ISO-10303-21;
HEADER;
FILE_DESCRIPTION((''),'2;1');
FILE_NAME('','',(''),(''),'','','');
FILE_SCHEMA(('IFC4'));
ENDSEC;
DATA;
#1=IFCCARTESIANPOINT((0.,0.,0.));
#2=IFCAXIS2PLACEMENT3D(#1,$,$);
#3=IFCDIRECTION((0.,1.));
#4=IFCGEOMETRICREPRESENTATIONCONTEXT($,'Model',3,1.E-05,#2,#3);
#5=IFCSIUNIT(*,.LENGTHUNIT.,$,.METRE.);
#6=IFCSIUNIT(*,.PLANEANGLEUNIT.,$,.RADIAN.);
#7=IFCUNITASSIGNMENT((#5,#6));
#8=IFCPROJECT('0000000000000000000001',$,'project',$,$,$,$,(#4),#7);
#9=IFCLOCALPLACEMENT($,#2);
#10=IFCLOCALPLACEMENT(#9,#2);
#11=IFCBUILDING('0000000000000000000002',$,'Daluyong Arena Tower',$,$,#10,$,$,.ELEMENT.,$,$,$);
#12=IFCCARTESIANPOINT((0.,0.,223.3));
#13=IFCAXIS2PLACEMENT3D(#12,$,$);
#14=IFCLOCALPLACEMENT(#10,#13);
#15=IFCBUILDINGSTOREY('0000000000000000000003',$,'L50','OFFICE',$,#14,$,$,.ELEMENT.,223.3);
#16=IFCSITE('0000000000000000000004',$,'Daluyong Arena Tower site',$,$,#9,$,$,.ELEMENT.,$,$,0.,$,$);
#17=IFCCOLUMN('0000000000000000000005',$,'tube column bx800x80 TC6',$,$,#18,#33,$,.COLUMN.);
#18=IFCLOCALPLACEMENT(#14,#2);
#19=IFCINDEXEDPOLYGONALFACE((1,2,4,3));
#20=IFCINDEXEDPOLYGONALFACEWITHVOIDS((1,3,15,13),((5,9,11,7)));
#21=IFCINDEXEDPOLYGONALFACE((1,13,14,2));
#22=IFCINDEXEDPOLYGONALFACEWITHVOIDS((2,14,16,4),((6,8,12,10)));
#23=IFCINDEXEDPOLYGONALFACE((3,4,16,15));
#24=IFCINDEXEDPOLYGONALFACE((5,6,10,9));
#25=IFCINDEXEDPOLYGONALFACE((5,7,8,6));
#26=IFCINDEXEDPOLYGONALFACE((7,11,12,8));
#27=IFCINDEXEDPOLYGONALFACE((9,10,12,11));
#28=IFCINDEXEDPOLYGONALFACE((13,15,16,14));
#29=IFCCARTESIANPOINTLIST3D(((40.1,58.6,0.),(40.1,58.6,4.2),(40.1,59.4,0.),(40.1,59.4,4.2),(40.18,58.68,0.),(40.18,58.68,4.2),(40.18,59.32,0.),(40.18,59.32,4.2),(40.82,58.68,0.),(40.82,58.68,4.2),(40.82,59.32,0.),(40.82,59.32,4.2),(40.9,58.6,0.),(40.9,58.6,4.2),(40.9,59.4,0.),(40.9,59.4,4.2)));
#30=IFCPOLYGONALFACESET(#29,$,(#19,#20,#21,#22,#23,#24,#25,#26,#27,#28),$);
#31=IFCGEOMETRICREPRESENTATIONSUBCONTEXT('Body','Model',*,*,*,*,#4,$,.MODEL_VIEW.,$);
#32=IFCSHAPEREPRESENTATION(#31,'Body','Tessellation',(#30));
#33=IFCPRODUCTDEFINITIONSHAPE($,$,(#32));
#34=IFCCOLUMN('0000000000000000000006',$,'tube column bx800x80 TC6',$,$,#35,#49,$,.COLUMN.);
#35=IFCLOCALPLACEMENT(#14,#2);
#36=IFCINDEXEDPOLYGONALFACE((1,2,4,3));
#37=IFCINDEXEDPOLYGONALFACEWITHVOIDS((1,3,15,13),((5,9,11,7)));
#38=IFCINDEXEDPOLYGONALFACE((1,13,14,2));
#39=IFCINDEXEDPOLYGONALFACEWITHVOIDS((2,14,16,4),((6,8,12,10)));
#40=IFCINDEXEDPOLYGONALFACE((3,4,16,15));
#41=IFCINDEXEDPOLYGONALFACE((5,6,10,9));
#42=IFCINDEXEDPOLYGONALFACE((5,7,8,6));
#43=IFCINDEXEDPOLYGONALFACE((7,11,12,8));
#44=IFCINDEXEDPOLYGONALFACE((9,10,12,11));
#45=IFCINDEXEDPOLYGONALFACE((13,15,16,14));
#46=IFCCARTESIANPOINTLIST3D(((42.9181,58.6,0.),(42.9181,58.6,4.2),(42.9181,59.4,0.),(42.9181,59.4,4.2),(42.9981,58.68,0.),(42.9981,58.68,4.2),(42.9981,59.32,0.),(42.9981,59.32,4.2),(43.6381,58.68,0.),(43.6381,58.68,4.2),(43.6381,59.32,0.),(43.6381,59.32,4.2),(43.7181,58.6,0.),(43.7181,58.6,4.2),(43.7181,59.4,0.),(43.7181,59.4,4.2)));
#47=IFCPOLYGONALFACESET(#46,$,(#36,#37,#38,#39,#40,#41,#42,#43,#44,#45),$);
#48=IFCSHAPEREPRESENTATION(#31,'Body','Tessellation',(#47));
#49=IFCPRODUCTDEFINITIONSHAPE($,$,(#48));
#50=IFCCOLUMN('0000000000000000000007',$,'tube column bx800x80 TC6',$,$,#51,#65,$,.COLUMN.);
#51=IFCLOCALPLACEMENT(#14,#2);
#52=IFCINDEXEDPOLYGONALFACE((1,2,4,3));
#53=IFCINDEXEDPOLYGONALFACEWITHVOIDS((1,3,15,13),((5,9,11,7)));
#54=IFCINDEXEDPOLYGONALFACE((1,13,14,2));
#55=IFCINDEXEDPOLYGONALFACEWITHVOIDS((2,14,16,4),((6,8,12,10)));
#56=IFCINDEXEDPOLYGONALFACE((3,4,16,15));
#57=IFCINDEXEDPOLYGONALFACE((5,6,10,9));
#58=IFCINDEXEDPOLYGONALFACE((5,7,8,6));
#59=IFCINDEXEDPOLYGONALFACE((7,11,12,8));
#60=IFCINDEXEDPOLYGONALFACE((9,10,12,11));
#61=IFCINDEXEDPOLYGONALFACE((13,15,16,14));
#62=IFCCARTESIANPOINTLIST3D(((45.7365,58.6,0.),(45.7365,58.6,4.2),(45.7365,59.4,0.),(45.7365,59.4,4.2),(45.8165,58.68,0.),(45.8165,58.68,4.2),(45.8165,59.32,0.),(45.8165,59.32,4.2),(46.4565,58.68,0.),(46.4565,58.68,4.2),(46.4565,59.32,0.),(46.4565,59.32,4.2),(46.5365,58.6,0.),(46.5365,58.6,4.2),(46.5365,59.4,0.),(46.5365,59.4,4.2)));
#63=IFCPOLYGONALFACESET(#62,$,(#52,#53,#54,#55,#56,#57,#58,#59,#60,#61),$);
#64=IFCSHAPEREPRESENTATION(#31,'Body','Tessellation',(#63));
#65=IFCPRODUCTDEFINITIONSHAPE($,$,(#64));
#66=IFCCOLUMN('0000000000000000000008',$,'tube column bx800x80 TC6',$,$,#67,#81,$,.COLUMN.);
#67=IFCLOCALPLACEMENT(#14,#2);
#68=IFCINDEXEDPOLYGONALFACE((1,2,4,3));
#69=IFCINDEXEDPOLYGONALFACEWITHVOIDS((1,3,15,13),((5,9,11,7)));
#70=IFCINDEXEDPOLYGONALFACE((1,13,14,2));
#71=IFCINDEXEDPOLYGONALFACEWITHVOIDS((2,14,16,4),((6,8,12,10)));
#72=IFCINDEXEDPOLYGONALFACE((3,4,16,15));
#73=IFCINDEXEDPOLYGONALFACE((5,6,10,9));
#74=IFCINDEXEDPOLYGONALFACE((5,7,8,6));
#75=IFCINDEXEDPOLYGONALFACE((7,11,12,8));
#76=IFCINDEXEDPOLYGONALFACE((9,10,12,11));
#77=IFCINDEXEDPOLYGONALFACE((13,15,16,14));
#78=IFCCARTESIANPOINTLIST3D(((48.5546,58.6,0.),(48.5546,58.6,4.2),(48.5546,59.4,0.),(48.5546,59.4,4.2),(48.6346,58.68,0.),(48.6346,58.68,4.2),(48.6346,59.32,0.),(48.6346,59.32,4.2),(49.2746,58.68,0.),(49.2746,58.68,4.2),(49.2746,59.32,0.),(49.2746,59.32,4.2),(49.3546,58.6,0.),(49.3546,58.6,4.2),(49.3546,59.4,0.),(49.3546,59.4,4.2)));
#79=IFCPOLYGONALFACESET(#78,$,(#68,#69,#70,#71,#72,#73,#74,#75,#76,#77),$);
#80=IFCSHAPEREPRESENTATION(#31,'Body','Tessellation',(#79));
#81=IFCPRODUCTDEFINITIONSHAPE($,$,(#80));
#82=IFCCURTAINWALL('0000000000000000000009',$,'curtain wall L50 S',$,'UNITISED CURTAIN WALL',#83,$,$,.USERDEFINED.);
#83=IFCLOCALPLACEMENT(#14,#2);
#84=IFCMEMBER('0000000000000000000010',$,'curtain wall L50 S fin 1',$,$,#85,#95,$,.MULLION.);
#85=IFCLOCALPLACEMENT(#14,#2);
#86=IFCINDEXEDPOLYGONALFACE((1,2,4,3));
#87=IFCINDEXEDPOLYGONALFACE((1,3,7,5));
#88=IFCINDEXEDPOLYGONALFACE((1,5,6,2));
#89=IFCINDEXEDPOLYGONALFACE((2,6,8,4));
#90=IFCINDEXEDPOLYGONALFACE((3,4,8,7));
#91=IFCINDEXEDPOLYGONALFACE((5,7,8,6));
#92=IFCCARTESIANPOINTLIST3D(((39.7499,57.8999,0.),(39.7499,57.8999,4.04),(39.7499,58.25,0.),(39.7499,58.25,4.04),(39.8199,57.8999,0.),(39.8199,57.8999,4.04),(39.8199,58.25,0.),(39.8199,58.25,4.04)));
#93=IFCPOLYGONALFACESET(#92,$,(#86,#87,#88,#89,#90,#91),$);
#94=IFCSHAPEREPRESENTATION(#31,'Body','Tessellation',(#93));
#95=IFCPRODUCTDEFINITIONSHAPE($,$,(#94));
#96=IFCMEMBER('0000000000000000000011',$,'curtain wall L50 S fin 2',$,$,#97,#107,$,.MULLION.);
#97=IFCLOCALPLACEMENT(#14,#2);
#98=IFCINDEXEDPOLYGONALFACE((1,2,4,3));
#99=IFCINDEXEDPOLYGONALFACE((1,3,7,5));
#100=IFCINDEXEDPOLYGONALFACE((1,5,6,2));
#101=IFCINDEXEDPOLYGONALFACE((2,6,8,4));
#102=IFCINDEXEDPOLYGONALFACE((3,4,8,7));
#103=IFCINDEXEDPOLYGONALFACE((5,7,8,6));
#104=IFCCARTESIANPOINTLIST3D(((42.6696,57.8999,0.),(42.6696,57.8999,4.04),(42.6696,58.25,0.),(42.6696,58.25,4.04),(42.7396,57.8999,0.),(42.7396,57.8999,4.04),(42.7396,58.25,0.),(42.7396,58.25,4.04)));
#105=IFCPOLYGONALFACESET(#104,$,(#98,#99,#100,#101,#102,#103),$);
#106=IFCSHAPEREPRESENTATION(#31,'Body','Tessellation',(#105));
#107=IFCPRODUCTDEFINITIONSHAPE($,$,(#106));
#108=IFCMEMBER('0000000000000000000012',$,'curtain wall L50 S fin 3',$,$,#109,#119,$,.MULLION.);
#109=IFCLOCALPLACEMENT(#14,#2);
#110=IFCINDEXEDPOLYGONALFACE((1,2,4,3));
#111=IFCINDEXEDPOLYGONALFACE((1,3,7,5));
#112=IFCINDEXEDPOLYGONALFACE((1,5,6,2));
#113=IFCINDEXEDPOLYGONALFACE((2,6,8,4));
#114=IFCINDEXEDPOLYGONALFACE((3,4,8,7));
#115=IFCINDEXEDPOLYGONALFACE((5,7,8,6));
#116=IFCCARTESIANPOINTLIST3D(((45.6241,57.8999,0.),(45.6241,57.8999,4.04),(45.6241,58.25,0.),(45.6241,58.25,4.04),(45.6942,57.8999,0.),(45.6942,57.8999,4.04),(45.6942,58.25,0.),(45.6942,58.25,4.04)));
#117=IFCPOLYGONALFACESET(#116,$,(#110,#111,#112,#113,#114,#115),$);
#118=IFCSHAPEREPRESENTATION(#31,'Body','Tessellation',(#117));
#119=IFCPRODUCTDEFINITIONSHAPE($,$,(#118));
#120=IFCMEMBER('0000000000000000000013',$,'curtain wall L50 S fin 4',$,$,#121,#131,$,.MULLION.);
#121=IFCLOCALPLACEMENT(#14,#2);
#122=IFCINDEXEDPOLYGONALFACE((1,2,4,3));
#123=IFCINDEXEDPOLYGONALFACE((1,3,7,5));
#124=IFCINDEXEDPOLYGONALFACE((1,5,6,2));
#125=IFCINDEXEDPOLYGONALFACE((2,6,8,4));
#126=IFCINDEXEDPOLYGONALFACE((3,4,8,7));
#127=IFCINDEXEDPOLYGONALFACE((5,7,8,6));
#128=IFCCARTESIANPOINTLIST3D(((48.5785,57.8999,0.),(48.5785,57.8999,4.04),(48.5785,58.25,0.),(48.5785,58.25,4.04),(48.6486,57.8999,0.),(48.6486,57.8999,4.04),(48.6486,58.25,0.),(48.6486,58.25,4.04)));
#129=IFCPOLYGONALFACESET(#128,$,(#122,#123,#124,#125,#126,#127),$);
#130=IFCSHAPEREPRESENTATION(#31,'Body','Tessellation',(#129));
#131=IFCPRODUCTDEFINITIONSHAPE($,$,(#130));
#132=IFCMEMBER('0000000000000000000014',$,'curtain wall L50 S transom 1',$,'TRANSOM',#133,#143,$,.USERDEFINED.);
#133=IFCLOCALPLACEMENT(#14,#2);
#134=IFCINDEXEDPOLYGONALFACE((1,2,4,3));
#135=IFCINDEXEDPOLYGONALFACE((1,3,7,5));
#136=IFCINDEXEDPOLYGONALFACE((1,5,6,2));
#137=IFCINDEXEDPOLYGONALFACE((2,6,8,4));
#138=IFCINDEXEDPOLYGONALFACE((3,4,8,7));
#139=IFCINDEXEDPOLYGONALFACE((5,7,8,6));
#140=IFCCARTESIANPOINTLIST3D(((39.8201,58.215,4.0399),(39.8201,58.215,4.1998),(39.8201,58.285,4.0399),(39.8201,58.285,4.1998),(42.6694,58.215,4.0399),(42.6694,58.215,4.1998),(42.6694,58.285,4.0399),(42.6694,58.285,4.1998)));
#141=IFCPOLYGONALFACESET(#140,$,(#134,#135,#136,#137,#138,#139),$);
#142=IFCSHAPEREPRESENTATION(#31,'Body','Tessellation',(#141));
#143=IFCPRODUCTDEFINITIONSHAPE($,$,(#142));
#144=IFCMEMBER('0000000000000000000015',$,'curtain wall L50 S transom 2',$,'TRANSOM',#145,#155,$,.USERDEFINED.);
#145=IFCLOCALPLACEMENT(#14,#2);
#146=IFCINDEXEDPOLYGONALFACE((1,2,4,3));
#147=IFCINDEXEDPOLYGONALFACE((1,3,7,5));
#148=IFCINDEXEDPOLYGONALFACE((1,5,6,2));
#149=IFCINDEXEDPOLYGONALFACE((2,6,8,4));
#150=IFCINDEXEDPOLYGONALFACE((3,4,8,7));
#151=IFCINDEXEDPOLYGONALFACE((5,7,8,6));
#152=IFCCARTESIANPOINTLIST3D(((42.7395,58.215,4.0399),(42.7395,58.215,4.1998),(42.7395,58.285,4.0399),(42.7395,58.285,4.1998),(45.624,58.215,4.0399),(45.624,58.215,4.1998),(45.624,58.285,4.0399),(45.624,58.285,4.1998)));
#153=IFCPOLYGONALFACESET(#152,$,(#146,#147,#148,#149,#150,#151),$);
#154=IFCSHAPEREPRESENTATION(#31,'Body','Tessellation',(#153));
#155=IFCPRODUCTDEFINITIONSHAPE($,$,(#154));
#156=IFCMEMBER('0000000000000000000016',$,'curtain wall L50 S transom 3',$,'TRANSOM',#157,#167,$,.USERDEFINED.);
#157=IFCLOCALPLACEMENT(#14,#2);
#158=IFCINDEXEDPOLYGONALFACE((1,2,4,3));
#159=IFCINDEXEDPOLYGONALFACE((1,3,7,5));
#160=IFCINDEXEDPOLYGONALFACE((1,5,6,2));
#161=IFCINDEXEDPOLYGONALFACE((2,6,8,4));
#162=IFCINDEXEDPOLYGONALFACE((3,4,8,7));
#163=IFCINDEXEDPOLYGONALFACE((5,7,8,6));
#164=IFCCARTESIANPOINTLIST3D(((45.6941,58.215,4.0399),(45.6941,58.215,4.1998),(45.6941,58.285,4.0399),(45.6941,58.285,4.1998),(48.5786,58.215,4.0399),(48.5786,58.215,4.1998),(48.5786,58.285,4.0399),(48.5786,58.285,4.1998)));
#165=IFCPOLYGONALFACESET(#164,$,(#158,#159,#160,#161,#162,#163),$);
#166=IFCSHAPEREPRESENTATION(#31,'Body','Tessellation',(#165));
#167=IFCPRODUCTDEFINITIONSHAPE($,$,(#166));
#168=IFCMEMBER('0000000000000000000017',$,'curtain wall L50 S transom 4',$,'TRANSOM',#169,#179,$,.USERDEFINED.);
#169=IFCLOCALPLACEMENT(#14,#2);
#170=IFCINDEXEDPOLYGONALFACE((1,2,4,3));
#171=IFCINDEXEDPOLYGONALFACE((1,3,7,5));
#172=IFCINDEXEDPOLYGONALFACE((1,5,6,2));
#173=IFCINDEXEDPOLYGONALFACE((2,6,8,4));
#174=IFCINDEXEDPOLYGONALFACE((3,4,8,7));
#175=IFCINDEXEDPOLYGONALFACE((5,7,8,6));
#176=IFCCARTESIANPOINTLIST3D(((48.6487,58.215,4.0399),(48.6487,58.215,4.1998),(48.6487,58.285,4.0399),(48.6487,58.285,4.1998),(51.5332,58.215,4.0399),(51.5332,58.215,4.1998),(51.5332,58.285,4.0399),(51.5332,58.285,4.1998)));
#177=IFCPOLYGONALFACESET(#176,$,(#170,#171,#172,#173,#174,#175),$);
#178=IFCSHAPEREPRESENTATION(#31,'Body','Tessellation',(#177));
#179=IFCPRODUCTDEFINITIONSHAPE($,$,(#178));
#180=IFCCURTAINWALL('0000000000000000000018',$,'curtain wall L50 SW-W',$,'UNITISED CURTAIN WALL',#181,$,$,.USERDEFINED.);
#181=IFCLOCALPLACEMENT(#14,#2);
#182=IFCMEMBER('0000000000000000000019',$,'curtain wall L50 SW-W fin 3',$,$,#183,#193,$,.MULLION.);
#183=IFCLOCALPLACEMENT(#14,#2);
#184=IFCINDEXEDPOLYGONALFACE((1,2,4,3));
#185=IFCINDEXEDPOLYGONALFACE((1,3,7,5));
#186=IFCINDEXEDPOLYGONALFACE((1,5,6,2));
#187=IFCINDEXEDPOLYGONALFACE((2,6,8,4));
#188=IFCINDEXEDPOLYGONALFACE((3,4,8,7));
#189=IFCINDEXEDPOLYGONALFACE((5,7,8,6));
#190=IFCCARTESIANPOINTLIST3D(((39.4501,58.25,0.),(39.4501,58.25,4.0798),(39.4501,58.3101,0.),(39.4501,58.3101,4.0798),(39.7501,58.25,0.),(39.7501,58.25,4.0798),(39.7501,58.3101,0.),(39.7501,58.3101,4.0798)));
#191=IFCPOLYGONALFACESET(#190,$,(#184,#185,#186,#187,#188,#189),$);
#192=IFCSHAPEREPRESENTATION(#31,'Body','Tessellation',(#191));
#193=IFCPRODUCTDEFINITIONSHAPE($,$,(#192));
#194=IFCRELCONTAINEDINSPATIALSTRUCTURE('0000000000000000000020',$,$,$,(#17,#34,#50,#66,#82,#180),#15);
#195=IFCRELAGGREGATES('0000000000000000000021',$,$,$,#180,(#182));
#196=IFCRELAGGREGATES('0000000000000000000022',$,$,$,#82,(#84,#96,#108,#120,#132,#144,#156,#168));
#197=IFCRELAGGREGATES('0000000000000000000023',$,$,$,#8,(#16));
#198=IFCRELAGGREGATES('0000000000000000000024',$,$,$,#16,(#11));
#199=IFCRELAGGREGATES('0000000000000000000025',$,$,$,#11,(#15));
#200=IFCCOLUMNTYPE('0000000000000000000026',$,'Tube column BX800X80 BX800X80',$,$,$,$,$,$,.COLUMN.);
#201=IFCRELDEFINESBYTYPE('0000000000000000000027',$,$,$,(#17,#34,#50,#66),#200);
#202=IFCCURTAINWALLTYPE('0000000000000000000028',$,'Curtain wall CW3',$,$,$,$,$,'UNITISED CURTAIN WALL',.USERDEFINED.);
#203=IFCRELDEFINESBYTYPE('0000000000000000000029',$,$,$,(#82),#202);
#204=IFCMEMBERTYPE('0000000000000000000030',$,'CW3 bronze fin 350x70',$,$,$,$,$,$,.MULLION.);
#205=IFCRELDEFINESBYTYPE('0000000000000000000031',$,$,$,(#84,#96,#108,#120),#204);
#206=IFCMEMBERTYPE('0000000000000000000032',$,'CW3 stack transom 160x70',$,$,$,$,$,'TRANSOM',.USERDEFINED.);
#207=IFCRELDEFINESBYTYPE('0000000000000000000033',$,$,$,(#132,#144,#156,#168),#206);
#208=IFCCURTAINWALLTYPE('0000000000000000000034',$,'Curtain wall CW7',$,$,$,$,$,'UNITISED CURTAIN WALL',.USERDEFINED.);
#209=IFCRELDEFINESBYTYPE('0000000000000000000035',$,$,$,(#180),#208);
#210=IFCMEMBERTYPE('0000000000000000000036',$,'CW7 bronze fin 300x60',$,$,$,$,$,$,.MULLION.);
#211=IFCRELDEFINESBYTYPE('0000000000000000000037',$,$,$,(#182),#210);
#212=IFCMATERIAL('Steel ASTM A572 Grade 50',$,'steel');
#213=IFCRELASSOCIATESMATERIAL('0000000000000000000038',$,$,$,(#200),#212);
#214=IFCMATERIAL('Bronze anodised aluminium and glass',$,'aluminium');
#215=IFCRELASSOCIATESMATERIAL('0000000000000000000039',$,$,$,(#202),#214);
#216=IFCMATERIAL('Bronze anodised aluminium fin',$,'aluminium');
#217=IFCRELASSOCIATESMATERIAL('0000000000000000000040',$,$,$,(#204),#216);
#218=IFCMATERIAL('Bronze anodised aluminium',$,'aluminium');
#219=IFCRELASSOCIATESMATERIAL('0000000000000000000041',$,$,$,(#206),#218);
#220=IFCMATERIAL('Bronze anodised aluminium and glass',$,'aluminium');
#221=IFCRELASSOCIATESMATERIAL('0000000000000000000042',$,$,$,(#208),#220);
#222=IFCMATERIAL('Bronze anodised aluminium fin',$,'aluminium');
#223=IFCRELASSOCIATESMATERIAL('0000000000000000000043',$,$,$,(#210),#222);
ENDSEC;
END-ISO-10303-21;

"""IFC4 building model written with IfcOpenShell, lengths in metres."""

from ifc_helpers import new_model, si_unit, direction, frame, origin, origin_2d, place, context, subcontext, project, spatial, rectangle, hollow_rectangle, extrude, material, material_profile, profile_set, type_object, element, aggregate, save


model = new_model("IFC4")

# Units and contexts
model_context = context("Model", 3, precision=1e-05, world=origin(), true_north=direction((0.0, 1.0)))
body_context = subcontext(model_context, "Body", "Model", "MODEL_VIEW")
ifc_project = project(units=[si_unit("LENGTHUNIT", "METRE"), si_unit("PLANEANGLEUNIT", "RADIAN")], contexts=[model_context])

# Site, building, storey
site_placement = place(None, origin())
site = spatial("IfcSite", under=ifc_project, at=site_placement, Name="Daluyong Arena Tower site", CompositionType="ELEMENT", RefElevation=0.0)
building_placement = place(site_placement, origin())
building = spatial("IfcBuilding", under=site, at=building_placement, Name="Daluyong Arena Tower", CompositionType="ELEMENT")
storey_placement = place(building_placement, frame((0.0, 0.0, 223.3)))
storey = spatial("IfcBuildingStorey", under=building, at=storey_placement, Name="L50", Description="OFFICE", CompositionType="ELEMENT", Elevation=223.3)

# Columns
ifc_material_1 = material(Name="Steel ASTM A572 Grade 50", Category="steel")
ifc_material_profile_1 = material_profile(ifc_material_1, hollow_rectangle(XDim=0.8, YDim=0.8, WallThickness=0.08, at=origin_2d()))
ifc_profile_set_1 = profile_set([ifc_material_profile_1], Name="Steel ASTM A572 Grade 50")
column_type = type_object("IfcColumnType", Name="Tube column BX800X80 BX800X80", PredefinedType="COLUMN", material=ifc_profile_set_1)
for number, where, z_axis, x_axis, name in (
    (1, (40.5, 59.0, 0.0), (0.0, 0.0, 1.0), (1.0, 0.0, 0.0), "tube column bx800x80 TC6"),
    (2, (43.3181, 59.0, 0.0), (0.0, 0.0, 1.0), (1.0, 0.0, 0.0), "tube column bx800x80 TC6"),
    (3, (46.1365, 59.0, 0.0), (0.0, 0.0, 1.0), (1.0, 0.0, 0.0), "tube column bx800x80 TC6"),
    (4, (48.9546, 59.0, 0.0), (0.0, 0.0, 1.0), (1.0, 0.0, 0.0), "tube column bx800x80 TC6"),
):
    element("IfcColumn", number, at=place(storey_placement, frame(where, z_axis=z_axis, x_axis=x_axis)), inside=storey, type_object=column_type, Name=name, PredefinedType="COLUMN", context=body_context, shape_type="SweptSolid", body=[
        extrude(hollow_rectangle(XDim=0.8, YDim=0.8, WallThickness=0.08, at=origin_2d()), origin(), (0.0, 0.0, 1.0), 4.2),
    ])

# Curtain wall, members
ifc_material_2 = material(Name="Bronze anodised aluminium and glass", Category="aluminium")
curtain_wall_type_1 = type_object("IfcCurtainWallType", Name="Curtain wall CW3", ElementType="UNITISED CURTAIN WALL", PredefinedType="USERDEFINED", material=ifc_material_2)
curtain_wall_1_placement = place(storey_placement, origin())
curtain_wall_1 = element("IfcCurtainWall", 5, at=curtain_wall_1_placement, inside=storey, type_object=curtain_wall_type_1, Name="curtain wall L50 S", ObjectType="UNITISED CURTAIN WALL", PredefinedType="USERDEFINED")
ifc_material_3 = material(Name="Bronze anodised aluminium fin", Category="aluminium")
ifc_material_profile_2 = material_profile(ifc_material_3, rectangle(XDim=0.3501, YDim=0.0701, at=origin_2d()))
ifc_profile_set_2 = profile_set([ifc_material_profile_2], Name="Bronze anodised aluminium fin")
member_type_1 = type_object("IfcMemberType", Name="CW3 bronze fin 350x70", PredefinedType="MULLION", material=ifc_profile_set_2)
member_1_placement = place(storey_placement, frame((39.7849, 58.075, 0.0), z_axis=(0.0, 0.0, 1.0), x_axis=(0.0, 1.0, 0.0)))
member_1 = element("IfcMember", 6, at=member_1_placement, type_object=member_type_1, Name="curtain wall L50 S fin 1", PredefinedType="MULLION", context=body_context, shape_type="SweptSolid", body=[
    extrude(rectangle(XDim=0.3501, YDim=0.0701, at=origin_2d()), origin(), (0.0, 0.0, 1.0), 4.04),
])
member_2_placement = place(storey_placement, frame((42.7046, 58.075, 0.0), z_axis=(0.0, 0.0, 1.0), x_axis=(0.0, 1.0, 0.0)))
member_2 = element("IfcMember", 7, at=member_2_placement, type_object=member_type_1, Name="curtain wall L50 S fin 2", PredefinedType="MULLION", context=body_context, shape_type="SweptSolid", body=[
    extrude(rectangle(XDim=0.3501, YDim=0.0701, at=origin_2d()), origin(), (0.0, 0.0, 1.0), 4.04),
])
member_3_placement = place(storey_placement, frame((45.6592, 58.075, 0.0), z_axis=(0.0, 0.0, 1.0), x_axis=(0.0, 1.0, 0.0)))
member_3 = element("IfcMember", 8, at=member_3_placement, type_object=member_type_1, Name="curtain wall L50 S fin 3", PredefinedType="MULLION", context=body_context, shape_type="SweptSolid", body=[
    extrude(rectangle(XDim=0.3501, YDim=0.0701, at=origin_2d()), origin(), (0.0, 0.0, 1.0), 4.04),
])
member_4_placement = place(storey_placement, frame((48.6135, 58.075, 0.0), z_axis=(0.0, 0.0, 1.0), x_axis=(0.0, 1.0, 0.0)))
member_4 = element("IfcMember", 9, at=member_4_placement, type_object=member_type_1, Name="curtain wall L50 S fin 4", PredefinedType="MULLION", context=body_context, shape_type="SweptSolid", body=[
    extrude(rectangle(XDim=0.3501, YDim=0.0701, at=origin_2d()), origin(), (0.0, 0.0, 1.0), 4.04),
])
ifc_material_4 = material(Name="Bronze anodised aluminium", Category="aluminium")
ifc_material_profile_3 = material_profile(ifc_material_4, rectangle(XDim=0.0701, YDim=0.1599, at=origin_2d()))
ifc_profile_set_3 = profile_set([ifc_material_profile_3], Name="Bronze anodised aluminium")
member_type_2 = type_object("IfcMemberType", Name="CW3 stack transom 160x70", ElementType="TRANSOM", PredefinedType="USERDEFINED", material=ifc_profile_set_3)
member_5_placement = place(storey_placement, frame((39.8201, 58.25, 4.1199), z_axis=(1.0, 0.0, 0.0), x_axis=(0.0, 1.0, 0.0)))
member_5 = element("IfcMember", 10, at=member_5_placement, type_object=member_type_2, Name="curtain wall L50 S transom 1", ObjectType="TRANSOM", PredefinedType="USERDEFINED", context=body_context, shape_type="SweptSolid", body=[
    extrude(rectangle(XDim=0.0701, YDim=0.1599, at=origin_2d()), origin(), (0.0, 0.0, 1.0), 2.8494),
])
member_6_placement = place(storey_placement, frame((42.7395, 58.25, 4.1199), z_axis=(1.0, 0.0, 0.0), x_axis=(0.0, 1.0, 0.0)))
member_6 = element("IfcMember", 11, at=member_6_placement, type_object=member_type_2, Name="curtain wall L50 S transom 2", ObjectType="TRANSOM", PredefinedType="USERDEFINED", context=body_context, shape_type="SweptSolid", body=[
    extrude(rectangle(XDim=0.0701, YDim=0.1599, at=origin_2d()), origin(), (0.0, 0.0, 1.0), 2.8845),
])
member_7_placement = place(storey_placement, frame((45.6941, 58.25, 4.1199), z_axis=(1.0, 0.0, 0.0), x_axis=(0.0, 1.0, 0.0)))
member_7 = element("IfcMember", 12, at=member_7_placement, type_object=member_type_2, Name="curtain wall L50 S transom 3", ObjectType="TRANSOM", PredefinedType="USERDEFINED", context=body_context, shape_type="SweptSolid", body=[
    extrude(rectangle(XDim=0.0701, YDim=0.1599, at=origin_2d()), origin(), (0.0, 0.0, 1.0), 2.8845),
])
member_8_placement = place(storey_placement, frame((48.6487, 58.25, 4.1199), z_axis=(1.0, 0.0, 0.0), x_axis=(0.0, 1.0, 0.0)))
member_8 = element("IfcMember", 13, at=member_8_placement, type_object=member_type_2, Name="curtain wall L50 S transom 4", ObjectType="TRANSOM", PredefinedType="USERDEFINED", context=body_context, shape_type="SweptSolid", body=[
    extrude(rectangle(XDim=0.0701, YDim=0.1599, at=origin_2d()), origin(), (0.0, 0.0, 1.0), 2.8845),
])

# Curtain wall, member
ifc_material_5 = material(Name="Bronze anodised aluminium and glass", Category="aluminium")
curtain_wall_type_2 = type_object("IfcCurtainWallType", Name="Curtain wall CW7", ElementType="UNITISED CURTAIN WALL", PredefinedType="USERDEFINED", material=ifc_material_5)
curtain_wall_2_placement = place(storey_placement, origin())
curtain_wall_2 = element("IfcCurtainWall", 14, at=curtain_wall_2_placement, inside=storey, type_object=curtain_wall_type_2, Name="curtain wall L50 SW-W", ObjectType="UNITISED CURTAIN WALL", PredefinedType="USERDEFINED")
ifc_material_6 = material(Name="Bronze anodised aluminium fin", Category="aluminium")
ifc_material_profile_4 = material_profile(ifc_material_6, rectangle(XDim=0.3, YDim=0.0601, at=origin_2d()))
ifc_profile_set_4 = profile_set([ifc_material_profile_4], Name="Bronze anodised aluminium fin")
member_type_3 = type_object("IfcMemberType", Name="CW7 bronze fin 300x60", PredefinedType="MULLION", material=ifc_profile_set_4)
member_9_placement = place(storey_placement, frame((39.6001, 58.28, 0.0), z_axis=(0.0, 0.0, 1.0), x_axis=(1.0, 0.0, 0.0)))
member_9 = element("IfcMember", 15, at=member_9_placement, type_object=member_type_3, Name="curtain wall L50 SW-W fin 3", PredefinedType="MULLION", context=body_context, shape_type="SweptSolid", body=[
    extrude(rectangle(XDim=0.3, YDim=0.0601, at=origin_2d()), origin(), (0.0, 0.0, 1.0), 4.0798),
])
aggregate(curtain_wall_2, [member_9])

aggregate(curtain_wall_1, [member_1, member_2, member_3, member_4, member_5, member_6, member_7, member_8])

save(model, "model.ifc")
